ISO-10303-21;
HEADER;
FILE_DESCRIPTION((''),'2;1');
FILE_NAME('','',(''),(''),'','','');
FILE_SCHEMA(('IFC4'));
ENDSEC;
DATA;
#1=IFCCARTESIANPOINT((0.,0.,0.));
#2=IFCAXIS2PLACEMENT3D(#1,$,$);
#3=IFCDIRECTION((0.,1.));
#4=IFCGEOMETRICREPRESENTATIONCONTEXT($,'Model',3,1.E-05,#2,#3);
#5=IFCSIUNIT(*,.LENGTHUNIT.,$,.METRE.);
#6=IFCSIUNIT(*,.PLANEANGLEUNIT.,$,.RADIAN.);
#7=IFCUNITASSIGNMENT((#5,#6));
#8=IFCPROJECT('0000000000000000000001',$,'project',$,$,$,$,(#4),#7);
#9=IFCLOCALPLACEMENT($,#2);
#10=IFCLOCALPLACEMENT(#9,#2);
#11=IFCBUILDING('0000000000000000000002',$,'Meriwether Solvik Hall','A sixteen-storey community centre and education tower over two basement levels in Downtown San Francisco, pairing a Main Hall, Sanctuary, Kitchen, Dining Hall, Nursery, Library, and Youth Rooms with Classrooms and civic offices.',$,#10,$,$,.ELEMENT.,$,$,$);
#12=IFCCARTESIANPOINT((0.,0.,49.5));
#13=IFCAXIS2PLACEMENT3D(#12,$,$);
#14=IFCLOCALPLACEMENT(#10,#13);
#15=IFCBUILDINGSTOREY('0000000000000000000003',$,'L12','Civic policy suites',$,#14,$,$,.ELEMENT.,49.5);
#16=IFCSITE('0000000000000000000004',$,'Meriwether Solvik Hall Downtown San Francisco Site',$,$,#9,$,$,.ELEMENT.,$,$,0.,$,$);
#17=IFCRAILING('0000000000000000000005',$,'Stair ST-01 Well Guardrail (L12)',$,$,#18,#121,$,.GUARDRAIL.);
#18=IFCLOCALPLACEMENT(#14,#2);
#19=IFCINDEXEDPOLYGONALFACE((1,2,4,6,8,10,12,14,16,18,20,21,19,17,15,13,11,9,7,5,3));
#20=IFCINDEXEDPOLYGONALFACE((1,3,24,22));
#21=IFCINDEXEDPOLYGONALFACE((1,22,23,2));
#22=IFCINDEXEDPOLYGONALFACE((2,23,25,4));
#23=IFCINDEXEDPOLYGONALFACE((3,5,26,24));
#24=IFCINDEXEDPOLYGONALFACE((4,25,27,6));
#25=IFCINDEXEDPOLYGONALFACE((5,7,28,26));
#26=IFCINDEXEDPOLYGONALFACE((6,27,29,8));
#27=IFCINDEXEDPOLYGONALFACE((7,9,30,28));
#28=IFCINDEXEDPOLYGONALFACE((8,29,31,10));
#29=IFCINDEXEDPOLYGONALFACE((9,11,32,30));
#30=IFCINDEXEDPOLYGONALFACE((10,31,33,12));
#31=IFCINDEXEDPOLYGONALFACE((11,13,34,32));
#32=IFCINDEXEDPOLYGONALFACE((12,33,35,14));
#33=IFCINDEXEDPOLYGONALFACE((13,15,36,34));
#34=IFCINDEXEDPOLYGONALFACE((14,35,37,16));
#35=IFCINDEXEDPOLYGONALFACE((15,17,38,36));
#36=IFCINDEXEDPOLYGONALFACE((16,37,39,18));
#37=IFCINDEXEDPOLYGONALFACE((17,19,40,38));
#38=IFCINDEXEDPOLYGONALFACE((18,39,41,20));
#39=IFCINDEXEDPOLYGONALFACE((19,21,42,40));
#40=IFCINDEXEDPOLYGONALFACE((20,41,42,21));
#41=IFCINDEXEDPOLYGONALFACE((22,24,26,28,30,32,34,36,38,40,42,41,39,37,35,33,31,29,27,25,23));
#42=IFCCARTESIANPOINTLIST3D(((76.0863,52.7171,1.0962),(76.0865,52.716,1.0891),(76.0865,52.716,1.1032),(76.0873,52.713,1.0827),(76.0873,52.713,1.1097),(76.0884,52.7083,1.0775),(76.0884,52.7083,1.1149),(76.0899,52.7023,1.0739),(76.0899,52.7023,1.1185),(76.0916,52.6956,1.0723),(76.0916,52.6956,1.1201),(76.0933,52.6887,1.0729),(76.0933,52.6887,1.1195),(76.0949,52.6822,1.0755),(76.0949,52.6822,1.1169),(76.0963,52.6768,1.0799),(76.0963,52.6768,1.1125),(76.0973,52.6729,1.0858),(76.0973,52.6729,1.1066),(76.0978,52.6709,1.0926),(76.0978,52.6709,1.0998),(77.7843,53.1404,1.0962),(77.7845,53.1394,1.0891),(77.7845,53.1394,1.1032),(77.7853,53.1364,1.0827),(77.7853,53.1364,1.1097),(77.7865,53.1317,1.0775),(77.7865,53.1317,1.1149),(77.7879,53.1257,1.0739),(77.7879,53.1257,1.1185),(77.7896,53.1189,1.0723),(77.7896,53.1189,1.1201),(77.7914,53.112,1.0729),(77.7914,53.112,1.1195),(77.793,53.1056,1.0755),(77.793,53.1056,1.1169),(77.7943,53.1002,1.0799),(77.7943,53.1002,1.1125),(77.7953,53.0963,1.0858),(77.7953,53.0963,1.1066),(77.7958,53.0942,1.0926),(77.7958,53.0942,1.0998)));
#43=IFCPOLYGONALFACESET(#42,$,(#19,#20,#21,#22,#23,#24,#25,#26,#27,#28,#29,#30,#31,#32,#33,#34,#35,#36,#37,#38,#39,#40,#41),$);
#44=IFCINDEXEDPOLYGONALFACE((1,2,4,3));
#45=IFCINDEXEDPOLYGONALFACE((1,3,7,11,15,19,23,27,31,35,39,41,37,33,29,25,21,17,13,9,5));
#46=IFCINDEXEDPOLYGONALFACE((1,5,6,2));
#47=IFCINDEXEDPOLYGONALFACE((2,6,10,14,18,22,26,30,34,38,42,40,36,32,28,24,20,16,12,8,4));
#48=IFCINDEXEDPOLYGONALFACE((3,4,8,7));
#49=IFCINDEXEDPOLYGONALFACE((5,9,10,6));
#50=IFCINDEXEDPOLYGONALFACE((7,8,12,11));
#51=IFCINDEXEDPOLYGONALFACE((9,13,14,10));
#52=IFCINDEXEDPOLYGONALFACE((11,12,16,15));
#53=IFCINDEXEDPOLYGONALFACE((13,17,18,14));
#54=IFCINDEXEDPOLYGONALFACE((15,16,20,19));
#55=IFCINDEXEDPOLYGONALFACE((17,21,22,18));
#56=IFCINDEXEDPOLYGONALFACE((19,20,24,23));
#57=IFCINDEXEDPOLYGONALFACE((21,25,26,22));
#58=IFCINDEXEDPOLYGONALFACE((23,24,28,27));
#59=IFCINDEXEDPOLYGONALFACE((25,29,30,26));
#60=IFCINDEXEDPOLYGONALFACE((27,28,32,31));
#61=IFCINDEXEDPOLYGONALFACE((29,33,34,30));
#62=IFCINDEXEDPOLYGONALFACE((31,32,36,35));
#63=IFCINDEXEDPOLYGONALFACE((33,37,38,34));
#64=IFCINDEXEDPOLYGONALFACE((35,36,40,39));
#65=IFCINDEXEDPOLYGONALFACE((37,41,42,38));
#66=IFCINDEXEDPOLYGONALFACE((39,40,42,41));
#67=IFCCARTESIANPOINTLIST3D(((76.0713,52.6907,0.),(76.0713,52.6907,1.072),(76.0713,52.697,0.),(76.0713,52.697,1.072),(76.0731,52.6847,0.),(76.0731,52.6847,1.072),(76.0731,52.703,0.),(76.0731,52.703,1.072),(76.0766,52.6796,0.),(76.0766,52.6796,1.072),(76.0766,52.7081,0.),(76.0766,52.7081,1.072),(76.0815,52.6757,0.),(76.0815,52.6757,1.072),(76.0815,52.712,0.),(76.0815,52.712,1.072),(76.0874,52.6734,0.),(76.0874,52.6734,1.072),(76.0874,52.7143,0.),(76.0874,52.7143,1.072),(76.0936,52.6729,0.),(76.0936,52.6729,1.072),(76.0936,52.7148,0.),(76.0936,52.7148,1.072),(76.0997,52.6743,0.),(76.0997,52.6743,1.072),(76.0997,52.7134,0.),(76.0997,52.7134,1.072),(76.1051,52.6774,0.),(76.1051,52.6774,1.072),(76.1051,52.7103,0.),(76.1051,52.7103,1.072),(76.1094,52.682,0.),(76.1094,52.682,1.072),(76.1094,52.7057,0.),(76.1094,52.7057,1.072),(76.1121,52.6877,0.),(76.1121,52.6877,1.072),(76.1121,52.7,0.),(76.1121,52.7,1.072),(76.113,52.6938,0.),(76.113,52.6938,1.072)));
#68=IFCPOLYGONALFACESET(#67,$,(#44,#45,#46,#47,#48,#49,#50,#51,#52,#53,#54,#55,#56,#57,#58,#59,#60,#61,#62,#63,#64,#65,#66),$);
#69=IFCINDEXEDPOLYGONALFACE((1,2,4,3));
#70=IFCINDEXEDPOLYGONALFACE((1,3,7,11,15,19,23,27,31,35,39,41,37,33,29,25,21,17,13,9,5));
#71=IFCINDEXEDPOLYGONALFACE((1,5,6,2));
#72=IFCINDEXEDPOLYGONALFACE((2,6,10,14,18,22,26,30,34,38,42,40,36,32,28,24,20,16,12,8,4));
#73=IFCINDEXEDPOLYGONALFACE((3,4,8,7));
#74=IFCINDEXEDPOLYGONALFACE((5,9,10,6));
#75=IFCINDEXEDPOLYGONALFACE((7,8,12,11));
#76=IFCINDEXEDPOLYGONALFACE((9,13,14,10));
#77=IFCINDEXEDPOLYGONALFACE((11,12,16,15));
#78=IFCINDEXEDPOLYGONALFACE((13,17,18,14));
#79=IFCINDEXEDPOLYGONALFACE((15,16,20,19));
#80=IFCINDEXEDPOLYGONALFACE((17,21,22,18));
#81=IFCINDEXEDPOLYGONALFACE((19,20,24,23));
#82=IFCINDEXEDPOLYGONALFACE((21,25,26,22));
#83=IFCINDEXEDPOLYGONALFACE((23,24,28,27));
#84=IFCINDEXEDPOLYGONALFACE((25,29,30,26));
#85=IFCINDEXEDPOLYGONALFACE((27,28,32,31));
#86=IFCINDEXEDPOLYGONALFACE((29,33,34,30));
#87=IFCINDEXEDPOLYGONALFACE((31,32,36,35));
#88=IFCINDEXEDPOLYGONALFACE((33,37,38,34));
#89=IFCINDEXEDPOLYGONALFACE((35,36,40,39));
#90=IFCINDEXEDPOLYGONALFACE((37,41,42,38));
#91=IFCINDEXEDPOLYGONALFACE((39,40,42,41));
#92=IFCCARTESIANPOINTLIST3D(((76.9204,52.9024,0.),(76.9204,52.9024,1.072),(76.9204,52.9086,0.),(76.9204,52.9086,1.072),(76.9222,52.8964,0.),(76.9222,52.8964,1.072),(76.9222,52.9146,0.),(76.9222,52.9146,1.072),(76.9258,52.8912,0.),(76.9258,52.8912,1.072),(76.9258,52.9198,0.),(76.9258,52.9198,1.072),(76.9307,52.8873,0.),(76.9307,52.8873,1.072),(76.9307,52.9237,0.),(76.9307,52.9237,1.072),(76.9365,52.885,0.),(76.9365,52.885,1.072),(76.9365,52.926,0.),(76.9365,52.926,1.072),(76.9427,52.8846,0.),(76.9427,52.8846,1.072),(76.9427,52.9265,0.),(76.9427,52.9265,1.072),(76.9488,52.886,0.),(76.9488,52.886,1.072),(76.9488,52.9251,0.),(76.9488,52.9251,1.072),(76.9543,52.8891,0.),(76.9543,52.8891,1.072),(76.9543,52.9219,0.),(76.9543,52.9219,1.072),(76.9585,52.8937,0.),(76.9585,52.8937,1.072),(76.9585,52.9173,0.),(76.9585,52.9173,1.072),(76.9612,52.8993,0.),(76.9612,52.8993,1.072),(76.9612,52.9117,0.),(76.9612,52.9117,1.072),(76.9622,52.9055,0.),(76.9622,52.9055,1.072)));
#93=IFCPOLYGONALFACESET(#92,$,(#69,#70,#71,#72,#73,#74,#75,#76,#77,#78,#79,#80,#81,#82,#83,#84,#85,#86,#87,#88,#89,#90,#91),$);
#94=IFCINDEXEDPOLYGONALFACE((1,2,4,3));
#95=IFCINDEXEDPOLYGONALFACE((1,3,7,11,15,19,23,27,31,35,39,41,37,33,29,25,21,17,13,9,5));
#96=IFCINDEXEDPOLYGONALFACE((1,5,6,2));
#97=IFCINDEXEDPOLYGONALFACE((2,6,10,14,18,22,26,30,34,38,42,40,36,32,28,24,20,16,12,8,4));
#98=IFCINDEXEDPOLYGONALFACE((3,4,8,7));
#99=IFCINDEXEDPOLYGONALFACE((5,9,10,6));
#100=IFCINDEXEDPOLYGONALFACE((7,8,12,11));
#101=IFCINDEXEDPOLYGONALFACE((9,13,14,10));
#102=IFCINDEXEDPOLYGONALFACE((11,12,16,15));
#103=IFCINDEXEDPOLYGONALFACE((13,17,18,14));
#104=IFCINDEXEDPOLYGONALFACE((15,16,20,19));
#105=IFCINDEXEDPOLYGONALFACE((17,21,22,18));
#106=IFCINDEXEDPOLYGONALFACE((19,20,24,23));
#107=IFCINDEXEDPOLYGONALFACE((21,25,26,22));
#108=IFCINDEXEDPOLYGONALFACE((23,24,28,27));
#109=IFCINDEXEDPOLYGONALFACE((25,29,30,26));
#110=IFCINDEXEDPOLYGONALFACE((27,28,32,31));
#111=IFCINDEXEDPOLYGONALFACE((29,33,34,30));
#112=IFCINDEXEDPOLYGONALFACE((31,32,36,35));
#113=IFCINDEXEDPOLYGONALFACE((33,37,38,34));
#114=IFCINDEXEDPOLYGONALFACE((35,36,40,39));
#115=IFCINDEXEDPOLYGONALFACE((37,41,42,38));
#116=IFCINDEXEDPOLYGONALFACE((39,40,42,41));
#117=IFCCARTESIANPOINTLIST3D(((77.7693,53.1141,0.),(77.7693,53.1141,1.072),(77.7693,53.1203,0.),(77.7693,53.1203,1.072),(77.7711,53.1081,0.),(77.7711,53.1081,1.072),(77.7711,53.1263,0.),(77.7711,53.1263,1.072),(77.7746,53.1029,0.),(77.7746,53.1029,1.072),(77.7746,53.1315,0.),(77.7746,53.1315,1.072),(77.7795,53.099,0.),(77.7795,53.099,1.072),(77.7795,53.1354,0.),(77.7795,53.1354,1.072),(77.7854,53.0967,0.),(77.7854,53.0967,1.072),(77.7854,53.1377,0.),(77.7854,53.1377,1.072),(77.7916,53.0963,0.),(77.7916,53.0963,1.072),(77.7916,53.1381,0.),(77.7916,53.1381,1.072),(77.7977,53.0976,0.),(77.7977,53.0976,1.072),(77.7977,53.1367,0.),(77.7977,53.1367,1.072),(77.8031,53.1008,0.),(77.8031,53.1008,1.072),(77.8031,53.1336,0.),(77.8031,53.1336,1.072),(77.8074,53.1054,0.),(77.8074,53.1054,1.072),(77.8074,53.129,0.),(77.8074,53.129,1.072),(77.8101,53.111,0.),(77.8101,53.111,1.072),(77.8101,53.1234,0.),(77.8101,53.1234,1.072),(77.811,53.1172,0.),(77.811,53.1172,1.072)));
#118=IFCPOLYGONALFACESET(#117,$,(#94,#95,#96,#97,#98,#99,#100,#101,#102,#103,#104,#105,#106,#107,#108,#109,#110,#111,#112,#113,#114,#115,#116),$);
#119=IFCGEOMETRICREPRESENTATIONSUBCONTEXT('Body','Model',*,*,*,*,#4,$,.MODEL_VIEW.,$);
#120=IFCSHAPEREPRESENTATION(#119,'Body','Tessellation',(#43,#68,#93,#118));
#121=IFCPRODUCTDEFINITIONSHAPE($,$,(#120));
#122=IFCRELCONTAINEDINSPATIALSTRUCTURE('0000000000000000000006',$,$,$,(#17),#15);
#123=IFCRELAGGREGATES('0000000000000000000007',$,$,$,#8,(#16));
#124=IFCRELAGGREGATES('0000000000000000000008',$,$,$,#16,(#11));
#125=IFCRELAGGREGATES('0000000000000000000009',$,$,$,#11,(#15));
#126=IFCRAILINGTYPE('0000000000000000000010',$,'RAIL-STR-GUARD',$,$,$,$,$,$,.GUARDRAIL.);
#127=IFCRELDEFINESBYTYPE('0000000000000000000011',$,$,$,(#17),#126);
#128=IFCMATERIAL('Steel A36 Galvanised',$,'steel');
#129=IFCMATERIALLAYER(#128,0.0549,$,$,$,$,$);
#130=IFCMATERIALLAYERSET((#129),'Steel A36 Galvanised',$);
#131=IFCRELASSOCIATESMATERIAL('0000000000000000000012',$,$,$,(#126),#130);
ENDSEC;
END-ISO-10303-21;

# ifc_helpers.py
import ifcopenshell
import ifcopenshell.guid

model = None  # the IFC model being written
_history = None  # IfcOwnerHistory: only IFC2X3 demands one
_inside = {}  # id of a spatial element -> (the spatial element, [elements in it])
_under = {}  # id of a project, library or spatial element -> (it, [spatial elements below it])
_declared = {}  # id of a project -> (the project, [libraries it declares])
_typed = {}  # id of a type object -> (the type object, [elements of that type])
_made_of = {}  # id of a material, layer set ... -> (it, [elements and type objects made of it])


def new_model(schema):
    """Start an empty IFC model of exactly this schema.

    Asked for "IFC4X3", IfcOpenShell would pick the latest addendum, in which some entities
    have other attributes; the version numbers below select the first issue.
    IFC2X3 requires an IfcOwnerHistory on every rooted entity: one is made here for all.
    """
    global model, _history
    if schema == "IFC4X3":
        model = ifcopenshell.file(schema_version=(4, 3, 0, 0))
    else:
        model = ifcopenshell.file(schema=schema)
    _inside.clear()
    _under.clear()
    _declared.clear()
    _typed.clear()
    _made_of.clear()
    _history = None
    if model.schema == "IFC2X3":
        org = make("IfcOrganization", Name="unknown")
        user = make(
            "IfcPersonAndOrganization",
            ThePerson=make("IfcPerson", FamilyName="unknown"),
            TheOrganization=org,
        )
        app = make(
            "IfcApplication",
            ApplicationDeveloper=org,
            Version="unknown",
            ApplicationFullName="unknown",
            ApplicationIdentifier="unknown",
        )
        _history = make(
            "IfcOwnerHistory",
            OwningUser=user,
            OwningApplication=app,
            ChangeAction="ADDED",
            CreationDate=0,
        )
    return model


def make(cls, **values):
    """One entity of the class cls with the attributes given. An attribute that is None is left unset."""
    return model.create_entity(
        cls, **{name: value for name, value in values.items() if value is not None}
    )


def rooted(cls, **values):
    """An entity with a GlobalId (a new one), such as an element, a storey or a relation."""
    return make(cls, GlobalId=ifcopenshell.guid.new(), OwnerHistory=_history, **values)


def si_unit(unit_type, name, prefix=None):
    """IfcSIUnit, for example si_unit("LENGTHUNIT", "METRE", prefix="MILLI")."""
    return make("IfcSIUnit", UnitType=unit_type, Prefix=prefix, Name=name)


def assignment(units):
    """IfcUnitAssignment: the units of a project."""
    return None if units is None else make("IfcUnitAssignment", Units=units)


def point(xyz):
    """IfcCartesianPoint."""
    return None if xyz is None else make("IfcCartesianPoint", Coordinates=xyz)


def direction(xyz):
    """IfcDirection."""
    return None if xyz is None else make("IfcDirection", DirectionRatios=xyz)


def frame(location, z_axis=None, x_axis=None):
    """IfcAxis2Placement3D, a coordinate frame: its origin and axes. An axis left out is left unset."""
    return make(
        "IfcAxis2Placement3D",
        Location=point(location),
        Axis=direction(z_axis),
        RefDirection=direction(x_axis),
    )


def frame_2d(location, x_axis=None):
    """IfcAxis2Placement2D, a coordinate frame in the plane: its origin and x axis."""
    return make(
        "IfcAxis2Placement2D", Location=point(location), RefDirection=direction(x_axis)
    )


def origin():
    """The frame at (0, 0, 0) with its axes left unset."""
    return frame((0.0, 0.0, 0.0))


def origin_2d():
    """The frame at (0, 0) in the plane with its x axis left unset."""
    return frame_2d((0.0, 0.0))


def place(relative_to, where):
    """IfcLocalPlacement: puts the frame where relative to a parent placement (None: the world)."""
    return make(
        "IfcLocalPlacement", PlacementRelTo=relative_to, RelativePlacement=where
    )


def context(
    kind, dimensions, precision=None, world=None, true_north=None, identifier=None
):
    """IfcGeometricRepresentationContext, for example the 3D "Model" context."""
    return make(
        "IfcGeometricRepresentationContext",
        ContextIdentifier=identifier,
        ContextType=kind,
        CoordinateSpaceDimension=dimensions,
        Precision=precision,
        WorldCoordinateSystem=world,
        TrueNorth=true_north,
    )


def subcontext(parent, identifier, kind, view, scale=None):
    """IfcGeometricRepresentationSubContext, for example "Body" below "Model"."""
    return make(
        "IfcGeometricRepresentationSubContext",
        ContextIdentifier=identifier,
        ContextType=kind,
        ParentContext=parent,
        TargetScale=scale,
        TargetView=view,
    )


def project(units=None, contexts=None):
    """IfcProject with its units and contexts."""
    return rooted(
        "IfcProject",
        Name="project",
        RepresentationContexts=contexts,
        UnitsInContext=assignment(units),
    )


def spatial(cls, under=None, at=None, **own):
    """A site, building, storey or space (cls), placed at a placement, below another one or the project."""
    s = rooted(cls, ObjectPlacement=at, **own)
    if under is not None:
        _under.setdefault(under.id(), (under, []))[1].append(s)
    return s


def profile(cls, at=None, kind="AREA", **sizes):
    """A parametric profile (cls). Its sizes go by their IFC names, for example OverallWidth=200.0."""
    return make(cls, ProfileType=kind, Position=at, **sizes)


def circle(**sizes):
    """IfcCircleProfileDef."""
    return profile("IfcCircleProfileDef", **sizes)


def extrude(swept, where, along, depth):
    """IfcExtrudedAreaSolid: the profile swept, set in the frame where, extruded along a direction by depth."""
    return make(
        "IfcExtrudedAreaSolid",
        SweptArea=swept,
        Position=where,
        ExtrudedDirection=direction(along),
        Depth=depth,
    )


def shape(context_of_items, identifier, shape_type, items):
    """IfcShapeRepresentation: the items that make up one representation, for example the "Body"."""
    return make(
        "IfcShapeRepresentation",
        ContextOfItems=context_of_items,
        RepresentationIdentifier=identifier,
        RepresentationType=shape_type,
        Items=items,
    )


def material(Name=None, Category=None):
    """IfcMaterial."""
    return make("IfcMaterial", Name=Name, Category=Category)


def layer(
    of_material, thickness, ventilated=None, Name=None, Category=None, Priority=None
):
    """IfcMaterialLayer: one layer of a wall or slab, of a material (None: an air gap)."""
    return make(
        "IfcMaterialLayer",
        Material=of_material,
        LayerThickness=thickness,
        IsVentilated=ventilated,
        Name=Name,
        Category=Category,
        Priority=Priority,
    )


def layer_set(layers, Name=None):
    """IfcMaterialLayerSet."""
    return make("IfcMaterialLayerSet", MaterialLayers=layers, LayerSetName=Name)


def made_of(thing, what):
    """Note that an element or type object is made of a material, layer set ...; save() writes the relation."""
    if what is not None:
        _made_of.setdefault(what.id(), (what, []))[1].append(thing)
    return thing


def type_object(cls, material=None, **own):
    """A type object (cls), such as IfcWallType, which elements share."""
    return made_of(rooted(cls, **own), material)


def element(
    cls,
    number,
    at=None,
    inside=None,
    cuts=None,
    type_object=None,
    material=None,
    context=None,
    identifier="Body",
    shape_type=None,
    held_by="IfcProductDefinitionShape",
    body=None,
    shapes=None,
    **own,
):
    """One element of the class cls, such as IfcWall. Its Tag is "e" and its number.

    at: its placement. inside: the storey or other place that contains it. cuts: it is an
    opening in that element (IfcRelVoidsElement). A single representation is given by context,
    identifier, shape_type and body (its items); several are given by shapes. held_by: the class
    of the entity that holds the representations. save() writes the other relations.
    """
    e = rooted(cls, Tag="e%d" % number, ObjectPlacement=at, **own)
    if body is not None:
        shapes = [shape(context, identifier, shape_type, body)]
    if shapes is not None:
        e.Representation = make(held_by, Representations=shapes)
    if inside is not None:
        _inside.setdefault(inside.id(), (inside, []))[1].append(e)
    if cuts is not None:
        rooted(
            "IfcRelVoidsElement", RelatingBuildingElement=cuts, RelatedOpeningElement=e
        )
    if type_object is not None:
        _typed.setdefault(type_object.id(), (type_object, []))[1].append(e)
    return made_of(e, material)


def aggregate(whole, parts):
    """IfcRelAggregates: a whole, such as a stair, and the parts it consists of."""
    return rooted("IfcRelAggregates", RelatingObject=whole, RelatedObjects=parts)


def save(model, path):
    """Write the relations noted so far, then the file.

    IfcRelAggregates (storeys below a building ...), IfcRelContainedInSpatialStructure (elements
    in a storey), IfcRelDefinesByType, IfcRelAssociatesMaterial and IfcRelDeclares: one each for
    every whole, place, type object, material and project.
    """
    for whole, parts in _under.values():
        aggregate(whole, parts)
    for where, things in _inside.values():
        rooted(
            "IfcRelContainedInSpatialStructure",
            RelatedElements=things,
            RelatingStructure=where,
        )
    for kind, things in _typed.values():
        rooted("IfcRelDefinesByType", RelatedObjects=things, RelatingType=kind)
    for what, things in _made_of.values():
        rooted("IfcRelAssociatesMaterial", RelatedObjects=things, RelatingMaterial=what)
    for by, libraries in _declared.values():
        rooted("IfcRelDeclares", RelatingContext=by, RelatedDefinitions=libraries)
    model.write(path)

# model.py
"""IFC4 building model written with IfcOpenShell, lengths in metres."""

from ifc_helpers import new_model, si_unit, direction, frame, origin, origin_2d, place, context, subcontext, project, spatial, circle, extrude, material, layer, layer_set, type_object, element, save


model = new_model("IFC4")

# Units and contexts
model_context = context("Model", 3, precision=1e-05, world=origin(), true_north=direction((0.0, 1.0)))
body_context = subcontext(model_context, "Body", "Model", "MODEL_VIEW")
ifc_project = project(units=[si_unit("LENGTHUNIT", "METRE"), si_unit("PLANEANGLEUNIT", "RADIAN")], contexts=[model_context])

# Site, building, storey
site_placement = place(None, origin())
site = spatial("IfcSite", under=ifc_project, at=site_placement, Name="Meriwether Solvik Hall Downtown San Francisco Site", CompositionType="ELEMENT", RefElevation=0.0)
building_placement = place(site_placement, origin())
building = spatial("IfcBuilding", under=site, at=building_placement, Name="Meriwether Solvik Hall", Description="A sixteen-storey community centre and education tower over two basement levels in Downtown San Francisco, pairing a Main Hall, Sanctuary, Kitchen, Dining Hall, Nursery, Library, and Youth Rooms with Classrooms and civic offices.", CompositionType="ELEMENT")
storey_placement = place(building_placement, frame((0.0, 0.0, 49.5)))
storey = spatial("IfcBuildingStorey", under=building, at=storey_placement, Name="L12", Description="Civic policy suites", CompositionType="ELEMENT", Elevation=49.5)

# Railing
ifc_material_1 = material(Name="Steel A36 Galvanised", Category="steel")
ifc_layer_1 = layer(ifc_material_1, 0.0549)
ifc_layer_set_1 = layer_set([ifc_layer_1], Name="Steel A36 Galvanised")
railing_type_1 = type_object("IfcRailingType", Name="RAIL-STR-GUARD", PredefinedType="GUARDRAIL", material=ifc_layer_set_1)
railing_1_placement = place(storey_placement, frame((76.092, 52.6938, 0.0)))
element("IfcRailing", 1, at=railing_1_placement, inside=storey, type_object=railing_type_1, Name="Stair ST-01 Well Guardrail (L12)", PredefinedType="GUARDRAIL", context=body_context, shape_type="SweptSolid", body=[
    extrude(circle(Radius=0.0239, at=origin_2d()), frame((0.0, 0.0, 1.0962), z_axis=(0.970298, 0.241912, 0.0), x_axis=(-0.241912, 0.970298, 0.0)), (0.0, 0.0, 1.0), 1.75),
    extrude(circle(Radius=0.021, at=origin_2d()), origin(), (0.0, 0.0, 1.0), 1.072),
    extrude(circle(Radius=0.021, at=origin_2d()), frame((0.8491, 0.2117, 0.0)), (0.0, 0.0, 1.0), 1.072),
    extrude(circle(Radius=0.021, at=origin_2d()), frame((1.698, 0.4233, 0.0)), (0.0, 0.0, 1.0), 1.072),
])

save(model, "model.ifc")
